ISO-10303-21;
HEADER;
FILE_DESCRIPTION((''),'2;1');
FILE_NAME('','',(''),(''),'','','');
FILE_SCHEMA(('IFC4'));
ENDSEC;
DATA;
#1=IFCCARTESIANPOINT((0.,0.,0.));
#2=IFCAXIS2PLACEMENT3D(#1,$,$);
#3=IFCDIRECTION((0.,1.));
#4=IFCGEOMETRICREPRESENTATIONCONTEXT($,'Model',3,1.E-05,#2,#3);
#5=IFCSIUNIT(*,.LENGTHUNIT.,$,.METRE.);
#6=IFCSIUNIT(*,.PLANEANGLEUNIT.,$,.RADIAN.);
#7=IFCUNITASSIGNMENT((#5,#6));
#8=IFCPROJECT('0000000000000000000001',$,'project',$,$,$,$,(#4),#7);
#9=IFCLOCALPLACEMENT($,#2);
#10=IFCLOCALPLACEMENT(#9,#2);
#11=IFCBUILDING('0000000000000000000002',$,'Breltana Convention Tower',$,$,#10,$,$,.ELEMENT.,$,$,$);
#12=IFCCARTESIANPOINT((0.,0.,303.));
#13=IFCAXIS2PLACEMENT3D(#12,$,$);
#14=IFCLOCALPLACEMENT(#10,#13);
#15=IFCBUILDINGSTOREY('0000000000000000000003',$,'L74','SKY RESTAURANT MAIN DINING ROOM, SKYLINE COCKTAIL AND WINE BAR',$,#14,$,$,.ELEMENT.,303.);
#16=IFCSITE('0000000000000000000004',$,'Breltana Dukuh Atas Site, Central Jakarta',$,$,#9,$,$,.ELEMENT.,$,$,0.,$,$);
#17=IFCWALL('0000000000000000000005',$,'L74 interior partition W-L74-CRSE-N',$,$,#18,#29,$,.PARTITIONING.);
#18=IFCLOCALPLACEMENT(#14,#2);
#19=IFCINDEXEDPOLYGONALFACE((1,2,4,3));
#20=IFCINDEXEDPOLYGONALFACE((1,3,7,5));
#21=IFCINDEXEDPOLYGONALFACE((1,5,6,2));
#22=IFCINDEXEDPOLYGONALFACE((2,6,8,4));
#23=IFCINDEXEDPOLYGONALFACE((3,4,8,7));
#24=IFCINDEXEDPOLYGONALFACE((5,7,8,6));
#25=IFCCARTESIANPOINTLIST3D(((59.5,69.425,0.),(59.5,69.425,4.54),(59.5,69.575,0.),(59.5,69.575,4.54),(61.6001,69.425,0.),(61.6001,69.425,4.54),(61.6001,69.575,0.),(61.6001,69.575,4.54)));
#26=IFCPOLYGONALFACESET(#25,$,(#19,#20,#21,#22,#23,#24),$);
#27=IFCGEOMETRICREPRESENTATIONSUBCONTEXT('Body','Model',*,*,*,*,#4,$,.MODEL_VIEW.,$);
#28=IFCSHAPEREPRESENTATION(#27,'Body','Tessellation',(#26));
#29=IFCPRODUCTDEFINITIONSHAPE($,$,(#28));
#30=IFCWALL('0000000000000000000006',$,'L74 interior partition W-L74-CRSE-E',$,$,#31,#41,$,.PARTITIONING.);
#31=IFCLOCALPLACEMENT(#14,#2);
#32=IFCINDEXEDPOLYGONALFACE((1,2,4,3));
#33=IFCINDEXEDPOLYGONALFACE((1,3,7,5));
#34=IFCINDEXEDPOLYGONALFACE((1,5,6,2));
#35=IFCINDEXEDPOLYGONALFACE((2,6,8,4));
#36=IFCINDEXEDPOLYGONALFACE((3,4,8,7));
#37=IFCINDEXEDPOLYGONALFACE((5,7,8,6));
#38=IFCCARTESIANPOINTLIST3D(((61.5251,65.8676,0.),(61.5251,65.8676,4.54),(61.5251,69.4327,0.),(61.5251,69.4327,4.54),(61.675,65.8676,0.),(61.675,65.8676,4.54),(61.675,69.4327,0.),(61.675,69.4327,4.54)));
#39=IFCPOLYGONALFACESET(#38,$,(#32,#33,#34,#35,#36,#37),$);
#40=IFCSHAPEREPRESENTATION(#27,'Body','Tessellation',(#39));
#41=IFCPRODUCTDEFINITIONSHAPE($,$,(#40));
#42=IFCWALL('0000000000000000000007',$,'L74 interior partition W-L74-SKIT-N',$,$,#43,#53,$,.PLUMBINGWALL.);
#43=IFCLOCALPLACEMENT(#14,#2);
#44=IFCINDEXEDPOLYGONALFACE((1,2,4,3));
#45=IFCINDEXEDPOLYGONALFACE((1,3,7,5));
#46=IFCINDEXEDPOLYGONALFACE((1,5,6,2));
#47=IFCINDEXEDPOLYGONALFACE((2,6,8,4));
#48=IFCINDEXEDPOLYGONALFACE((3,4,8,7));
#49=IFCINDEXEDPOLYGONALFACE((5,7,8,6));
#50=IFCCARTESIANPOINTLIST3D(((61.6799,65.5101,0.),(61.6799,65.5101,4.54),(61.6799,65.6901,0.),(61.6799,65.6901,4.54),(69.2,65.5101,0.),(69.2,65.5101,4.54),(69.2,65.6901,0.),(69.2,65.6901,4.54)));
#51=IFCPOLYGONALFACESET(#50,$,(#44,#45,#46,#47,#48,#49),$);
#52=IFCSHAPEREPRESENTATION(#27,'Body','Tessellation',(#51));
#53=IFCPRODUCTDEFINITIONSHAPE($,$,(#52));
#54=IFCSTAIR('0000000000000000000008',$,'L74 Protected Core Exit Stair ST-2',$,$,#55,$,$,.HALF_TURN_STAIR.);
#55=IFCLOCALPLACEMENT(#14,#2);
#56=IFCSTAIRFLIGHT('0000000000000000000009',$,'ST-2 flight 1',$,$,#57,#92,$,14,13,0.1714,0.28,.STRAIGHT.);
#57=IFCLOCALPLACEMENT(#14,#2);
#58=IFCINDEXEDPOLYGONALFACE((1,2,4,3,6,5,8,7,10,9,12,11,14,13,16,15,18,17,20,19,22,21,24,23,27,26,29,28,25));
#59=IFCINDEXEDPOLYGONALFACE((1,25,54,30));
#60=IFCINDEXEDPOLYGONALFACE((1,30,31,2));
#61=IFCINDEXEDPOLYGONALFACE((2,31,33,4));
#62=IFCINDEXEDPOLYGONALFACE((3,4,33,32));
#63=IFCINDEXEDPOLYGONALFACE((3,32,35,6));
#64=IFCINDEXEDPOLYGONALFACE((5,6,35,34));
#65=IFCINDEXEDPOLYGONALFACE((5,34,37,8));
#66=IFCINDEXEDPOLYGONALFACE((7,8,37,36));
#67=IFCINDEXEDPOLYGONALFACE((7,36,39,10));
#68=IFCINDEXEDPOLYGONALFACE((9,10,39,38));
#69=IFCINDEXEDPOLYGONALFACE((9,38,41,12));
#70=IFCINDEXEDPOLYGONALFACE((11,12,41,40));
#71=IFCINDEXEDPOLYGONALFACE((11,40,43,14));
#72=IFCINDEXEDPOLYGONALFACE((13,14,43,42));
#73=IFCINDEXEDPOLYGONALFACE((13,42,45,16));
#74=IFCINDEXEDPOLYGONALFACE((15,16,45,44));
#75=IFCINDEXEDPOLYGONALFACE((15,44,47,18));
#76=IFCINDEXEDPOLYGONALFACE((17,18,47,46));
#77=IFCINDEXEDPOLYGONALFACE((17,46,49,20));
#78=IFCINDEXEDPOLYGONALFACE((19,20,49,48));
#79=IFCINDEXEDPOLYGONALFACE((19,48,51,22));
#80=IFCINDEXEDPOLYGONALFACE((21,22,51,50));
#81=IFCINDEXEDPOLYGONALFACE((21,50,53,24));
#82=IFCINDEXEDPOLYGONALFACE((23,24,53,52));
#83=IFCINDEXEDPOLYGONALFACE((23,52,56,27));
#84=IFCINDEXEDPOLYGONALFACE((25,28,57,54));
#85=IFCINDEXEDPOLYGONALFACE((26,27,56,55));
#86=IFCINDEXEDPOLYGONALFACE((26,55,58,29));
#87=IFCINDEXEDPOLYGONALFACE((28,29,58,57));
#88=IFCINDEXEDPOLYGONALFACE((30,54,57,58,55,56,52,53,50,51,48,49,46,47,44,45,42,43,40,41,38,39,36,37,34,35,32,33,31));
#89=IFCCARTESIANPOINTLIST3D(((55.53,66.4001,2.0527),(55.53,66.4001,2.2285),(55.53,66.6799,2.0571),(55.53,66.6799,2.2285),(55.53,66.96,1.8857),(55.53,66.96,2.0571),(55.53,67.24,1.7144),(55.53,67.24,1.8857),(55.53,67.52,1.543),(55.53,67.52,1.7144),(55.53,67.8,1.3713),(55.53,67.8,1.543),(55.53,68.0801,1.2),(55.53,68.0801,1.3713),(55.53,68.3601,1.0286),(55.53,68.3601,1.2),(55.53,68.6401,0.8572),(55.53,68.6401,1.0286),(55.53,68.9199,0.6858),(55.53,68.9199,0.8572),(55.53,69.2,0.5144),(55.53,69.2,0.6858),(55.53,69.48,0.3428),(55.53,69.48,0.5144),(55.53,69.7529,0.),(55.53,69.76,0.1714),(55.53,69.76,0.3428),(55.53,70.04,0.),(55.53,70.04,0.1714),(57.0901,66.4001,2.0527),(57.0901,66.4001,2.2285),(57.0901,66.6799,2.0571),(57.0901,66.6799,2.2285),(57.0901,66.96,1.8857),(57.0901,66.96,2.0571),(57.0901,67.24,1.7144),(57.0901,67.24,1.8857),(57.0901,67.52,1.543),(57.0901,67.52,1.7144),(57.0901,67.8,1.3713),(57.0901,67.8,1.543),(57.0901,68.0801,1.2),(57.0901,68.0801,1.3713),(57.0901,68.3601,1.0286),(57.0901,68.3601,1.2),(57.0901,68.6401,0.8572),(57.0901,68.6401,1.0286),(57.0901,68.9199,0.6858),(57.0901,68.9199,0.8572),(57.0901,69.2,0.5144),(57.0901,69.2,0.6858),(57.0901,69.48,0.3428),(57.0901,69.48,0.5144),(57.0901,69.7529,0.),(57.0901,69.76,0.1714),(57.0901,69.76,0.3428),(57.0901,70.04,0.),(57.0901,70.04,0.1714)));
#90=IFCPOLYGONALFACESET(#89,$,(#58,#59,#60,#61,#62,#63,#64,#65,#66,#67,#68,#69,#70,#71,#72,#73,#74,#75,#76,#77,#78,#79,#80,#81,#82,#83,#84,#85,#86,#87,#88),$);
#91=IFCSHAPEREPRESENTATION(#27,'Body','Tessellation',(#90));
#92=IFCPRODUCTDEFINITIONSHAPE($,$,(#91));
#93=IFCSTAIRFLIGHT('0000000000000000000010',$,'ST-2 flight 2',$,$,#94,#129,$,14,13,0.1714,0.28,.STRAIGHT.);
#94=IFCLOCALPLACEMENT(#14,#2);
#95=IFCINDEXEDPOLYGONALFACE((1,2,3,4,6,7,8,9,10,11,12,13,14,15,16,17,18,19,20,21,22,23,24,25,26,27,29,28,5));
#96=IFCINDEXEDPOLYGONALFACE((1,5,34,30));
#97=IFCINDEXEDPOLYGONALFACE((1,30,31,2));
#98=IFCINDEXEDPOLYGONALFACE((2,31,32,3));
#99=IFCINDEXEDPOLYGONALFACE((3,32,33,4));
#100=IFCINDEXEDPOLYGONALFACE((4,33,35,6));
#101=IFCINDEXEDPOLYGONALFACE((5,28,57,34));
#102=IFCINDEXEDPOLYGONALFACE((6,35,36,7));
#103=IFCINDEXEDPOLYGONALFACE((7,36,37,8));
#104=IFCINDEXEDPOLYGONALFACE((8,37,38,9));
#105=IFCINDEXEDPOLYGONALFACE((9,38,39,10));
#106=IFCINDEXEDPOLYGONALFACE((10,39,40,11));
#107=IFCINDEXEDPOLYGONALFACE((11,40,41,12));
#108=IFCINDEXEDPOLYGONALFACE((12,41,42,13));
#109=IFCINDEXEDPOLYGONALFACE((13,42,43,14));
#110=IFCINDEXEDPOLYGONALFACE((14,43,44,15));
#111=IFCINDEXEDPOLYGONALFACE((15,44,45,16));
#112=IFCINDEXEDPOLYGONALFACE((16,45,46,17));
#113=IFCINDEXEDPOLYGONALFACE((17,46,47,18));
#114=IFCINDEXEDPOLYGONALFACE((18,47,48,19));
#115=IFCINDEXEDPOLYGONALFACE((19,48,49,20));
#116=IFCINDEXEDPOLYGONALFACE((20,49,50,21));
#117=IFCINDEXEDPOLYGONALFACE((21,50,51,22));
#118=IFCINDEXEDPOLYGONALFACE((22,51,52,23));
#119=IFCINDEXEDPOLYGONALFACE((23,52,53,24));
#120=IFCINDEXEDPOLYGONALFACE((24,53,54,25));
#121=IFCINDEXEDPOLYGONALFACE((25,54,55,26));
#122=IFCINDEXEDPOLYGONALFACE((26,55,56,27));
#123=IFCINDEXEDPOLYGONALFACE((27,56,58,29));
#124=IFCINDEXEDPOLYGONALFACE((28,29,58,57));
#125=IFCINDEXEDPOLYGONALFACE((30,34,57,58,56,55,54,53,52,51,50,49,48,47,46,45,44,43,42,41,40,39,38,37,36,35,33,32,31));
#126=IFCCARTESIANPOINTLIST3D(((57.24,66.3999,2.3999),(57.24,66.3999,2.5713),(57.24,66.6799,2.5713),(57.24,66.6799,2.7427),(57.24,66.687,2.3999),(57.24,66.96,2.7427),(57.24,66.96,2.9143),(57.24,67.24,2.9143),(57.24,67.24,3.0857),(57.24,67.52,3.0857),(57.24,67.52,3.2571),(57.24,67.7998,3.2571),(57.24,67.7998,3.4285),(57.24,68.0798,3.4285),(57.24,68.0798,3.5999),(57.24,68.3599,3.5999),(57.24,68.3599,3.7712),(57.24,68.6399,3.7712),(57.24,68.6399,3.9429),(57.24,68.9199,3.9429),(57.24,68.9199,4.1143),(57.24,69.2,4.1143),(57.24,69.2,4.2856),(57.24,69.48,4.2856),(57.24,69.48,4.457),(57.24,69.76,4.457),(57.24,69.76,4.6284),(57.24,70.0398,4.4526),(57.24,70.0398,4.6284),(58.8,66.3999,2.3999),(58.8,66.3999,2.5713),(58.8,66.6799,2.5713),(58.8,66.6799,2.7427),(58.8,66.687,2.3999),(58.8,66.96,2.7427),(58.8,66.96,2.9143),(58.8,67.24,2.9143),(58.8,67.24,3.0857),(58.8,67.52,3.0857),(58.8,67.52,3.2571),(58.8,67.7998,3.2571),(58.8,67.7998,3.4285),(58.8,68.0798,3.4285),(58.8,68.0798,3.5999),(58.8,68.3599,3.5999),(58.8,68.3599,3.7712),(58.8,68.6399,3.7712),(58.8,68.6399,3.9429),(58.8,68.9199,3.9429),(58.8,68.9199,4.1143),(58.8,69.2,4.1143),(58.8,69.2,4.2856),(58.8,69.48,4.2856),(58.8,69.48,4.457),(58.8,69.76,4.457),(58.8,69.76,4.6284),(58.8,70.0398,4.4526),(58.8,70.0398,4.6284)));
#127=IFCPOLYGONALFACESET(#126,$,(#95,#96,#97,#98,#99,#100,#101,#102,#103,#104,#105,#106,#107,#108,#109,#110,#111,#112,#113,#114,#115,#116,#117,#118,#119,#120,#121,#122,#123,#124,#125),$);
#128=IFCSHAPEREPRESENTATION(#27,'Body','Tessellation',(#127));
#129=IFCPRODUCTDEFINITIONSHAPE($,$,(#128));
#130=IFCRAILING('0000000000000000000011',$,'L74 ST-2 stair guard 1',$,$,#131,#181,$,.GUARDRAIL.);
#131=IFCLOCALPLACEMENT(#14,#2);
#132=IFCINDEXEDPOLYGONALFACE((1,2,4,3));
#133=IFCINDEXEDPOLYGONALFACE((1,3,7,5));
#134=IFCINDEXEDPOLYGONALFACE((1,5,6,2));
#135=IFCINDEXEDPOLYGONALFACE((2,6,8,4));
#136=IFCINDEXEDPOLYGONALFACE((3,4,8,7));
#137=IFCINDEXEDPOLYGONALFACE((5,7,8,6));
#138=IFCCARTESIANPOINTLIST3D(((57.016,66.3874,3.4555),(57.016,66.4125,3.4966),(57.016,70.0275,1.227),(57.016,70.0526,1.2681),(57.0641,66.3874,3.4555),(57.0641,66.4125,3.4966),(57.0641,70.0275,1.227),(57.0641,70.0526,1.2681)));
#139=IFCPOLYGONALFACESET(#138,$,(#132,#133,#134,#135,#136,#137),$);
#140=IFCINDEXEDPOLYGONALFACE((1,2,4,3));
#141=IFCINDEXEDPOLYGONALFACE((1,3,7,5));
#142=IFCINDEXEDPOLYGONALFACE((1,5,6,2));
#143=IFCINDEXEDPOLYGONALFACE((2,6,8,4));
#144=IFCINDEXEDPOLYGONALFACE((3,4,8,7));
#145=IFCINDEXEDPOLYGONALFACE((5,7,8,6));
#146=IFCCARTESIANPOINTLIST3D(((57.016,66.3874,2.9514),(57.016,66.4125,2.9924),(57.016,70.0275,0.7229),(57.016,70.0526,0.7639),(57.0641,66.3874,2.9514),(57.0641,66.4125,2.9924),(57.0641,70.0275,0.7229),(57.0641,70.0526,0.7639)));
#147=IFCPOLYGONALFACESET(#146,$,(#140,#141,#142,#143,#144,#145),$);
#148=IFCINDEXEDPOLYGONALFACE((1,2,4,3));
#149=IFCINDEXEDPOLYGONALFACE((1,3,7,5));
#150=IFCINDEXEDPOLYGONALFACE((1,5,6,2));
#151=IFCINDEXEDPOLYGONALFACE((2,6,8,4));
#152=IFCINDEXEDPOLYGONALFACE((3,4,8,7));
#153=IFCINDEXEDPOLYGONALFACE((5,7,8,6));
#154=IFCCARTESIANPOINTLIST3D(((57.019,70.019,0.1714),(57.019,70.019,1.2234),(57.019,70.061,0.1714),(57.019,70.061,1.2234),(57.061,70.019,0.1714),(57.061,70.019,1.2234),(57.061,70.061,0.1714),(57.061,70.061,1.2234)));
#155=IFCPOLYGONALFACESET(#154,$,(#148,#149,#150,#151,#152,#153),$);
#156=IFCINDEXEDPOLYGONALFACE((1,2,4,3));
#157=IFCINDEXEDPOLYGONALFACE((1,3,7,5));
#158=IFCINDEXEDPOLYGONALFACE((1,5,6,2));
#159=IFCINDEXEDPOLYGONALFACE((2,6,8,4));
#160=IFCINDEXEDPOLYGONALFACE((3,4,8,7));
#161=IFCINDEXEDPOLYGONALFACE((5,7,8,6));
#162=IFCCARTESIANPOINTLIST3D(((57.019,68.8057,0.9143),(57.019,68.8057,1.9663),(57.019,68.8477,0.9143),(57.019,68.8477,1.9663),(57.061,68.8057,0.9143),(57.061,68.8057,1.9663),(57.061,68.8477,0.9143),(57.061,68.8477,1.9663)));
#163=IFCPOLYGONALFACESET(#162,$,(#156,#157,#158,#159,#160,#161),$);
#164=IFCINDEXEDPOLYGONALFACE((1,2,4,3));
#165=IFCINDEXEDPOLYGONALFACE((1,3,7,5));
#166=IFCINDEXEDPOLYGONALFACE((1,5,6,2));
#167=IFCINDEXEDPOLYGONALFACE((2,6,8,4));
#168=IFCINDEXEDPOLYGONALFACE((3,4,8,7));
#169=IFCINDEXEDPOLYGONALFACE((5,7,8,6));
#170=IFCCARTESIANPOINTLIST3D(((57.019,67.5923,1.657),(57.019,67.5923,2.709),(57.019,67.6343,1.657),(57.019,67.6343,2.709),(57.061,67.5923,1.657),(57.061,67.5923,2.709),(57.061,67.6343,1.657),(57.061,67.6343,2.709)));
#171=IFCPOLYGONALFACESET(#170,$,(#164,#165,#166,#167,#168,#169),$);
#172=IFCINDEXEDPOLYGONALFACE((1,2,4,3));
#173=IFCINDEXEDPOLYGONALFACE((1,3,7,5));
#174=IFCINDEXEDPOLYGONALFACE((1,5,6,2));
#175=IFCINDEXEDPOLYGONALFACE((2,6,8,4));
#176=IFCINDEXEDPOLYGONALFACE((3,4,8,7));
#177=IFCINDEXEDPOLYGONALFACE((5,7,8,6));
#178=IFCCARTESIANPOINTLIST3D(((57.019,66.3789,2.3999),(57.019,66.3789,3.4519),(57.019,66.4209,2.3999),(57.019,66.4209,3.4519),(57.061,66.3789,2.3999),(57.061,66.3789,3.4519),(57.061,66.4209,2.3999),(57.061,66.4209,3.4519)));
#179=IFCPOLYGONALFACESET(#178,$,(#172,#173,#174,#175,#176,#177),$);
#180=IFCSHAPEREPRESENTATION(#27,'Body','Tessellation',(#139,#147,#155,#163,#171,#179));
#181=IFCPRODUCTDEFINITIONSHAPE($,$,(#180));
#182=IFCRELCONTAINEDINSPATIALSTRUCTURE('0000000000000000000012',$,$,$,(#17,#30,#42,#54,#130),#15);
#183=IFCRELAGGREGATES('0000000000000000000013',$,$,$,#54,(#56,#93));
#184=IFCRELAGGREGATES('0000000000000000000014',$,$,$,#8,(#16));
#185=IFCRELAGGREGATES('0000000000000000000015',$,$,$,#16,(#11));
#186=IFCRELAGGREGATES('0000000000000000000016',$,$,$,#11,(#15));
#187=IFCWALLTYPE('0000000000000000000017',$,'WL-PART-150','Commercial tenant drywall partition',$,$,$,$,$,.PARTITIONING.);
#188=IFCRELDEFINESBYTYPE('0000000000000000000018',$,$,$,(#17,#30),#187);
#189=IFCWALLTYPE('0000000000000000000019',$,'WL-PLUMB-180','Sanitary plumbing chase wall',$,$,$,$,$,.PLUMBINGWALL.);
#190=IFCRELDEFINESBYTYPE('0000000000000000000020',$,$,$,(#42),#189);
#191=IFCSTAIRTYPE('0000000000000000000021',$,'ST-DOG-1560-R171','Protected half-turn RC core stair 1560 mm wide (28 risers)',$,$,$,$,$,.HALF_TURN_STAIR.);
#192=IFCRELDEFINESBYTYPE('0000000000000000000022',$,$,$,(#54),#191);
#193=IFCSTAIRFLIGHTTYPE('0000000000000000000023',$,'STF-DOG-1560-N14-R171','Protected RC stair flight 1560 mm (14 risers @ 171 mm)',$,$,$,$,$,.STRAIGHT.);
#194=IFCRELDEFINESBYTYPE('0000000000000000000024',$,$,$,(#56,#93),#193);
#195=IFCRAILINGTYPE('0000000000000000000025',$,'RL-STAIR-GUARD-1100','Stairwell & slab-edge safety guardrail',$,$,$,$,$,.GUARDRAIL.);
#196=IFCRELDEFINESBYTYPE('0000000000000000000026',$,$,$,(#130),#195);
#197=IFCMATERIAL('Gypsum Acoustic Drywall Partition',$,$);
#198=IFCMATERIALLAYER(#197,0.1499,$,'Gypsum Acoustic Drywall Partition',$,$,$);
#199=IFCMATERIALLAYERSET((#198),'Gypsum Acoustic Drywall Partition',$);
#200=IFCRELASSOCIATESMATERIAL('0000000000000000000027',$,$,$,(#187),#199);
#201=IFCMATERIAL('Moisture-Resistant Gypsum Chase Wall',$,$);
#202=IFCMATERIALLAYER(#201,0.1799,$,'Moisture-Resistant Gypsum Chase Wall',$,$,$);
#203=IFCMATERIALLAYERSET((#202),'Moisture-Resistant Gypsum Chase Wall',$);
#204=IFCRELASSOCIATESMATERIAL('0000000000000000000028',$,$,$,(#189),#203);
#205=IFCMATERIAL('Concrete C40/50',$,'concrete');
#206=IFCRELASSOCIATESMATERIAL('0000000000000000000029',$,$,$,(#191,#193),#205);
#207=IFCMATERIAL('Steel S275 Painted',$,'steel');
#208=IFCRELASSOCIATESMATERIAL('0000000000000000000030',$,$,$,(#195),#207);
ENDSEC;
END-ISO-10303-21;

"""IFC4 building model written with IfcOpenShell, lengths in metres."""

from ifc_helpers import new_model, si_unit, direction, frame, frame_2d, origin, origin_2d, place, context, subcontext, project, spatial, polyline, rectangle, outline, extrude, source, transform, mapped, material, layer, layer_set, type_object, element, aggregate, save


model = new_model("IFC4")

# Units and contexts
model_context = context("Model", 3, precision=1e-05, world=origin(), true_north=direction((0.0, 1.0)))
body_context = subcontext(model_context, "Body", "Model", "MODEL_VIEW")
ifc_project = project(units=[si_unit("LENGTHUNIT", "METRE"), si_unit("PLANEANGLEUNIT", "RADIAN")], contexts=[model_context])

# Site, building, storey
site_placement = place(None, origin())
site = spatial("IfcSite", under=ifc_project, at=site_placement, Name="Breltana Dukuh Atas Site, Central Jakarta", CompositionType="ELEMENT", RefElevation=0.0)
building_placement = place(site_placement, origin())
building = spatial("IfcBuilding", under=site, at=building_placement, Name="Breltana Convention Tower", CompositionType="ELEMENT")
storey_placement = place(building_placement, frame((0.0, 0.0, 303.0)))
storey = spatial("IfcBuildingStorey", under=building, at=storey_placement, Name="L74", Description="SKY RESTAURANT MAIN DINING ROOM, SKYLINE COCKTAIL AND WINE BAR", CompositionType="ELEMENT", Elevation=303.0)

# Shared definitions
ifc_material_1 = material(Name="Gypsum Acoustic Drywall Partition")
ifc_layer_1 = layer(ifc_material_1, 0.1499, Name="Gypsum Acoustic Drywall Partition")
ifc_layer_set_1 = layer_set([ifc_layer_1], Name="Gypsum Acoustic Drywall Partition")
wall_type_1 = type_object("IfcWallType", Name="WL-PART-150", Description="Commercial tenant drywall partition", PredefinedType="PARTITIONING", material=ifc_layer_set_1)
shared_shape_1 = source(origin(), body_context, "Body", "SweptSolid", [
    extrude(rectangle(XDim=2.1001, YDim=0.1499, at=frame_2d((1.05, 0.0))), origin(), (0.0, 0.0, 1.0), 4.54),
])

# Walls
wall_1_placement = place(storey_placement, frame((59.5, 69.5, 0.0), z_axis=(0.0, 0.0, 1.0), x_axis=(1.0, 0.0, 0.0)))
element("IfcWall", 1, at=wall_1_placement, inside=storey, type_object=wall_type_1, Name="L74 interior partition W-L74-CRSE-N", PredefinedType="PARTITIONING", context=body_context, shape_type="MappedRepresentation", body=[
    mapped(shared_shape_1, transform((0.0, 0.0, 0.0), scale=1.0)),
])
shared_shape_2 = source(origin(), body_context, "Body", "SweptSolid", [
    extrude(rectangle(XDim=3.5652, YDim=0.1499, at=frame_2d((1.7827, 0.0))), origin(), (0.0, 0.0, 1.0), 4.54),
])
wall_2_placement = place(storey_placement, frame((61.6001, 65.8674, 0.0), z_axis=(0.0, 0.0, 1.0), x_axis=(0.0, 1.0, 0.0)))
element("IfcWall", 2, at=wall_2_placement, inside=storey, type_object=wall_type_1, Name="L74 interior partition W-L74-CRSE-E", PredefinedType="PARTITIONING", context=body_context, shape_type="MappedRepresentation", body=[
    mapped(shared_shape_2, transform((0.0, 0.0, 0.0), scale=1.0)),
])
ifc_material_2 = material(Name="Moisture-Resistant Gypsum Chase Wall")
ifc_layer_2 = layer(ifc_material_2, 0.1799, Name="Moisture-Resistant Gypsum Chase Wall")
ifc_layer_set_2 = layer_set([ifc_layer_2], Name="Moisture-Resistant Gypsum Chase Wall")
wall_type_2 = type_object("IfcWallType", Name="WL-PLUMB-180", Description="Sanitary plumbing chase wall", PredefinedType="PLUMBINGWALL", material=ifc_layer_set_2)
shared_shape_3 = source(origin(), body_context, "Body", "SweptSolid", [
    extrude(rectangle(XDim=7.52, YDim=0.1799, at=frame_2d((3.76, 0.0))), origin(), (0.0, 0.0, 1.0), 4.54),
])
wall_3_placement = place(storey_placement, frame((61.6799, 65.6001, 0.0), z_axis=(0.0, 0.0, 1.0), x_axis=(1.0, 0.0, 0.0)))
element("IfcWall", 3, at=wall_3_placement, inside=storey, type_object=wall_type_2, Name="L74 interior partition W-L74-SKIT-N", PredefinedType="PLUMBINGWALL", context=body_context, shape_type="MappedRepresentation", body=[
    mapped(shared_shape_3, transform((0.0, 0.0, 0.0), scale=1.0)),
])

# Stair, stair flights
ifc_material_3 = material(Name="Concrete C40/50", Category="concrete")
stair_type = type_object("IfcStairType", Name="ST-DOG-1560-R171", Description="Protected half-turn RC core stair 1560 mm wide (28 risers)", PredefinedType="HALF_TURN_STAIR", material=ifc_material_3)
stair_placement = place(storey_placement, origin())
stair = element("IfcStair", 4, at=stair_placement, inside=storey, type_object=stair_type, Name="L74 Protected Core Exit Stair ST-2", PredefinedType="HALF_TURN_STAIR")
stair_flight_type = type_object("IfcStairFlightType", Name="STF-DOG-1560-N14-R171", Description="Protected RC stair flight 1560 mm (14 risers @ 171 mm)", PredefinedType="STRAIGHT", material=ifc_material_3)
stair_flight_1_placement = place(storey_placement, frame((56.3101, 70.04, 0.0), z_axis=(0.0, 0.0, 1.0), x_axis=(0.0, -1.0, 0.0)))
stair_flight_1 = element("IfcStairFlight", 5, at=stair_flight_1_placement, type_object=stair_flight_type, Name="ST-2 flight 1", NumberOfRisers=14, NumberOfTreads=13, PredefinedType="STRAIGHT", RiserHeight=0.1714, TreadLength=0.28, context=body_context, shape_type="SweptSolid", body=[
    extrude(outline(polyline([(0.0, 0.0), (0.0, 0.1714), (0.28, 0.1714), (0.28, 0.3428), (0.5601, 0.3428), (0.5601, 0.5144), (0.8401, 0.5144), (0.8401, 0.6858), (1.1201, 0.6858), (1.1201, 0.8572), (1.3999, 0.8572), (1.3999, 1.0286), (1.6799, 1.0286), (1.6799, 1.2), (1.96, 1.2), (1.96, 1.3713), (2.24, 1.3713), (2.24, 1.543), (2.52, 1.543), (2.52, 1.7144), (2.8, 1.7144), (2.8, 1.8857), (3.0801, 1.8857), (3.0801, 2.0571), (3.3601, 2.0571), (3.3601, 2.2285), (3.6399, 2.2285), (3.6399, 2.3999), (3.6399, 2.0527), (0.2871, 0.0), (0.0, 0.0)])), frame((0.0, 0.78, 0.0), z_axis=(0.0, -1.0, 0.0), x_axis=(1.0, 0.0, 0.0)), (0.0, 0.0, 1.0), 1.5601),
])
stair_flight_2_placement = place(storey_placement, frame((58.02, 66.3999, 2.3999), z_axis=(0.0, 0.0, 1.0), x_axis=(0.0, 1.0, 0.0)))
stair_flight_2 = element("IfcStairFlight", 6, at=stair_flight_2_placement, type_object=stair_flight_type, Name="ST-2 flight 2", NumberOfRisers=14, NumberOfTreads=13, PredefinedType="STRAIGHT", RiserHeight=0.1714, TreadLength=0.28, context=body_context, shape_type="SweptSolid", body=[
    extrude(outline(polyline([(0.0, 0.0), (0.0, 0.1714), (0.28, 0.1714), (0.28, 0.3428), (0.5601, 0.3428), (0.5601, 0.5144), (0.8401, 0.5144), (0.8401, 0.6858), (1.1201, 0.6858), (1.1201, 0.8572), (1.3999, 0.8572), (1.3999, 1.0286), (1.6799, 1.0286), (1.6799, 1.2), (1.96, 1.2), (1.96, 1.3713), (2.24, 1.3713), (2.24, 1.543), (2.52, 1.543), (2.52, 1.7144), (2.8, 1.7144), (2.8, 1.8857), (3.0801, 1.8857), (3.0801, 2.0571), (3.3601, 2.0571), (3.3601, 2.2285), (3.6399, 2.2285), (3.6399, 2.3999), (3.6399, 2.0527), (0.2871, 0.0), (0.0, 0.0)])), frame((0.0, 0.78, 0.0), z_axis=(0.0, -1.0, 0.0), x_axis=(1.0, 0.0, 0.0)), (0.0, 0.0, 1.0), 1.5601),
])
aggregate(stair, [stair_flight_1, stair_flight_2])

# Railing
ifc_material_4 = material(Name="Steel S275 Painted", Category="steel")
railing_type_1 = type_object("IfcRailingType", Name="RL-STAIR-GUARD-1100", Description="Stairwell & slab-edge safety guardrail", PredefinedType="GUARDRAIL", material=ifc_material_4)
railing_1_placement = place(storey_placement, frame((57.04, 70.04, 0.1714)))
element("IfcRailing", 7, at=railing_1_placement, inside=storey, type_object=railing_type_1, Name="L74 ST-2 stair guard 1", PredefinedType="GUARDRAIL", context=body_context, shape_type="SweptSolid", body=[
    extrude(rectangle(XDim=0.0481, YDim=0.0481, at=origin_2d()), frame((0.0, 0.0, 1.0762), z_axis=(0.0, -0.852866, 0.52213), x_axis=(1.0, 0.0, 0.0)), (0.0, 0.0, 1.0), 4.2681),
    extrude(rectangle(XDim=0.0481, YDim=0.0481, at=origin_2d()), frame((0.0, 0.0, 0.572), z_axis=(0.0, -0.852866, 0.52213), x_axis=(1.0, 0.0, 0.0)), (0.0, 0.0, 1.0), 4.2681),
    extrude(rectangle(XDim=0.042, YDim=0.042, at=origin_2d()), origin(), (0.0, 0.0, 1.0), 1.052),
    extrude(rectangle(XDim=0.042, YDim=0.042, at=origin_2d()), frame((0.0, -1.2134, 0.7429)), (0.0, 0.0, 1.0), 1.052),
    extrude(rectangle(XDim=0.042, YDim=0.042, at=origin_2d()), frame((0.0, -2.4268, 1.4856)), (0.0, 0.0, 1.0), 1.052),
    extrude(rectangle(XDim=0.042, YDim=0.042, at=origin_2d()), frame((0.0, -3.6401, 2.2285)), (0.0, 0.0, 1.0), 1.052),
])

save(model, "model.ifc")
